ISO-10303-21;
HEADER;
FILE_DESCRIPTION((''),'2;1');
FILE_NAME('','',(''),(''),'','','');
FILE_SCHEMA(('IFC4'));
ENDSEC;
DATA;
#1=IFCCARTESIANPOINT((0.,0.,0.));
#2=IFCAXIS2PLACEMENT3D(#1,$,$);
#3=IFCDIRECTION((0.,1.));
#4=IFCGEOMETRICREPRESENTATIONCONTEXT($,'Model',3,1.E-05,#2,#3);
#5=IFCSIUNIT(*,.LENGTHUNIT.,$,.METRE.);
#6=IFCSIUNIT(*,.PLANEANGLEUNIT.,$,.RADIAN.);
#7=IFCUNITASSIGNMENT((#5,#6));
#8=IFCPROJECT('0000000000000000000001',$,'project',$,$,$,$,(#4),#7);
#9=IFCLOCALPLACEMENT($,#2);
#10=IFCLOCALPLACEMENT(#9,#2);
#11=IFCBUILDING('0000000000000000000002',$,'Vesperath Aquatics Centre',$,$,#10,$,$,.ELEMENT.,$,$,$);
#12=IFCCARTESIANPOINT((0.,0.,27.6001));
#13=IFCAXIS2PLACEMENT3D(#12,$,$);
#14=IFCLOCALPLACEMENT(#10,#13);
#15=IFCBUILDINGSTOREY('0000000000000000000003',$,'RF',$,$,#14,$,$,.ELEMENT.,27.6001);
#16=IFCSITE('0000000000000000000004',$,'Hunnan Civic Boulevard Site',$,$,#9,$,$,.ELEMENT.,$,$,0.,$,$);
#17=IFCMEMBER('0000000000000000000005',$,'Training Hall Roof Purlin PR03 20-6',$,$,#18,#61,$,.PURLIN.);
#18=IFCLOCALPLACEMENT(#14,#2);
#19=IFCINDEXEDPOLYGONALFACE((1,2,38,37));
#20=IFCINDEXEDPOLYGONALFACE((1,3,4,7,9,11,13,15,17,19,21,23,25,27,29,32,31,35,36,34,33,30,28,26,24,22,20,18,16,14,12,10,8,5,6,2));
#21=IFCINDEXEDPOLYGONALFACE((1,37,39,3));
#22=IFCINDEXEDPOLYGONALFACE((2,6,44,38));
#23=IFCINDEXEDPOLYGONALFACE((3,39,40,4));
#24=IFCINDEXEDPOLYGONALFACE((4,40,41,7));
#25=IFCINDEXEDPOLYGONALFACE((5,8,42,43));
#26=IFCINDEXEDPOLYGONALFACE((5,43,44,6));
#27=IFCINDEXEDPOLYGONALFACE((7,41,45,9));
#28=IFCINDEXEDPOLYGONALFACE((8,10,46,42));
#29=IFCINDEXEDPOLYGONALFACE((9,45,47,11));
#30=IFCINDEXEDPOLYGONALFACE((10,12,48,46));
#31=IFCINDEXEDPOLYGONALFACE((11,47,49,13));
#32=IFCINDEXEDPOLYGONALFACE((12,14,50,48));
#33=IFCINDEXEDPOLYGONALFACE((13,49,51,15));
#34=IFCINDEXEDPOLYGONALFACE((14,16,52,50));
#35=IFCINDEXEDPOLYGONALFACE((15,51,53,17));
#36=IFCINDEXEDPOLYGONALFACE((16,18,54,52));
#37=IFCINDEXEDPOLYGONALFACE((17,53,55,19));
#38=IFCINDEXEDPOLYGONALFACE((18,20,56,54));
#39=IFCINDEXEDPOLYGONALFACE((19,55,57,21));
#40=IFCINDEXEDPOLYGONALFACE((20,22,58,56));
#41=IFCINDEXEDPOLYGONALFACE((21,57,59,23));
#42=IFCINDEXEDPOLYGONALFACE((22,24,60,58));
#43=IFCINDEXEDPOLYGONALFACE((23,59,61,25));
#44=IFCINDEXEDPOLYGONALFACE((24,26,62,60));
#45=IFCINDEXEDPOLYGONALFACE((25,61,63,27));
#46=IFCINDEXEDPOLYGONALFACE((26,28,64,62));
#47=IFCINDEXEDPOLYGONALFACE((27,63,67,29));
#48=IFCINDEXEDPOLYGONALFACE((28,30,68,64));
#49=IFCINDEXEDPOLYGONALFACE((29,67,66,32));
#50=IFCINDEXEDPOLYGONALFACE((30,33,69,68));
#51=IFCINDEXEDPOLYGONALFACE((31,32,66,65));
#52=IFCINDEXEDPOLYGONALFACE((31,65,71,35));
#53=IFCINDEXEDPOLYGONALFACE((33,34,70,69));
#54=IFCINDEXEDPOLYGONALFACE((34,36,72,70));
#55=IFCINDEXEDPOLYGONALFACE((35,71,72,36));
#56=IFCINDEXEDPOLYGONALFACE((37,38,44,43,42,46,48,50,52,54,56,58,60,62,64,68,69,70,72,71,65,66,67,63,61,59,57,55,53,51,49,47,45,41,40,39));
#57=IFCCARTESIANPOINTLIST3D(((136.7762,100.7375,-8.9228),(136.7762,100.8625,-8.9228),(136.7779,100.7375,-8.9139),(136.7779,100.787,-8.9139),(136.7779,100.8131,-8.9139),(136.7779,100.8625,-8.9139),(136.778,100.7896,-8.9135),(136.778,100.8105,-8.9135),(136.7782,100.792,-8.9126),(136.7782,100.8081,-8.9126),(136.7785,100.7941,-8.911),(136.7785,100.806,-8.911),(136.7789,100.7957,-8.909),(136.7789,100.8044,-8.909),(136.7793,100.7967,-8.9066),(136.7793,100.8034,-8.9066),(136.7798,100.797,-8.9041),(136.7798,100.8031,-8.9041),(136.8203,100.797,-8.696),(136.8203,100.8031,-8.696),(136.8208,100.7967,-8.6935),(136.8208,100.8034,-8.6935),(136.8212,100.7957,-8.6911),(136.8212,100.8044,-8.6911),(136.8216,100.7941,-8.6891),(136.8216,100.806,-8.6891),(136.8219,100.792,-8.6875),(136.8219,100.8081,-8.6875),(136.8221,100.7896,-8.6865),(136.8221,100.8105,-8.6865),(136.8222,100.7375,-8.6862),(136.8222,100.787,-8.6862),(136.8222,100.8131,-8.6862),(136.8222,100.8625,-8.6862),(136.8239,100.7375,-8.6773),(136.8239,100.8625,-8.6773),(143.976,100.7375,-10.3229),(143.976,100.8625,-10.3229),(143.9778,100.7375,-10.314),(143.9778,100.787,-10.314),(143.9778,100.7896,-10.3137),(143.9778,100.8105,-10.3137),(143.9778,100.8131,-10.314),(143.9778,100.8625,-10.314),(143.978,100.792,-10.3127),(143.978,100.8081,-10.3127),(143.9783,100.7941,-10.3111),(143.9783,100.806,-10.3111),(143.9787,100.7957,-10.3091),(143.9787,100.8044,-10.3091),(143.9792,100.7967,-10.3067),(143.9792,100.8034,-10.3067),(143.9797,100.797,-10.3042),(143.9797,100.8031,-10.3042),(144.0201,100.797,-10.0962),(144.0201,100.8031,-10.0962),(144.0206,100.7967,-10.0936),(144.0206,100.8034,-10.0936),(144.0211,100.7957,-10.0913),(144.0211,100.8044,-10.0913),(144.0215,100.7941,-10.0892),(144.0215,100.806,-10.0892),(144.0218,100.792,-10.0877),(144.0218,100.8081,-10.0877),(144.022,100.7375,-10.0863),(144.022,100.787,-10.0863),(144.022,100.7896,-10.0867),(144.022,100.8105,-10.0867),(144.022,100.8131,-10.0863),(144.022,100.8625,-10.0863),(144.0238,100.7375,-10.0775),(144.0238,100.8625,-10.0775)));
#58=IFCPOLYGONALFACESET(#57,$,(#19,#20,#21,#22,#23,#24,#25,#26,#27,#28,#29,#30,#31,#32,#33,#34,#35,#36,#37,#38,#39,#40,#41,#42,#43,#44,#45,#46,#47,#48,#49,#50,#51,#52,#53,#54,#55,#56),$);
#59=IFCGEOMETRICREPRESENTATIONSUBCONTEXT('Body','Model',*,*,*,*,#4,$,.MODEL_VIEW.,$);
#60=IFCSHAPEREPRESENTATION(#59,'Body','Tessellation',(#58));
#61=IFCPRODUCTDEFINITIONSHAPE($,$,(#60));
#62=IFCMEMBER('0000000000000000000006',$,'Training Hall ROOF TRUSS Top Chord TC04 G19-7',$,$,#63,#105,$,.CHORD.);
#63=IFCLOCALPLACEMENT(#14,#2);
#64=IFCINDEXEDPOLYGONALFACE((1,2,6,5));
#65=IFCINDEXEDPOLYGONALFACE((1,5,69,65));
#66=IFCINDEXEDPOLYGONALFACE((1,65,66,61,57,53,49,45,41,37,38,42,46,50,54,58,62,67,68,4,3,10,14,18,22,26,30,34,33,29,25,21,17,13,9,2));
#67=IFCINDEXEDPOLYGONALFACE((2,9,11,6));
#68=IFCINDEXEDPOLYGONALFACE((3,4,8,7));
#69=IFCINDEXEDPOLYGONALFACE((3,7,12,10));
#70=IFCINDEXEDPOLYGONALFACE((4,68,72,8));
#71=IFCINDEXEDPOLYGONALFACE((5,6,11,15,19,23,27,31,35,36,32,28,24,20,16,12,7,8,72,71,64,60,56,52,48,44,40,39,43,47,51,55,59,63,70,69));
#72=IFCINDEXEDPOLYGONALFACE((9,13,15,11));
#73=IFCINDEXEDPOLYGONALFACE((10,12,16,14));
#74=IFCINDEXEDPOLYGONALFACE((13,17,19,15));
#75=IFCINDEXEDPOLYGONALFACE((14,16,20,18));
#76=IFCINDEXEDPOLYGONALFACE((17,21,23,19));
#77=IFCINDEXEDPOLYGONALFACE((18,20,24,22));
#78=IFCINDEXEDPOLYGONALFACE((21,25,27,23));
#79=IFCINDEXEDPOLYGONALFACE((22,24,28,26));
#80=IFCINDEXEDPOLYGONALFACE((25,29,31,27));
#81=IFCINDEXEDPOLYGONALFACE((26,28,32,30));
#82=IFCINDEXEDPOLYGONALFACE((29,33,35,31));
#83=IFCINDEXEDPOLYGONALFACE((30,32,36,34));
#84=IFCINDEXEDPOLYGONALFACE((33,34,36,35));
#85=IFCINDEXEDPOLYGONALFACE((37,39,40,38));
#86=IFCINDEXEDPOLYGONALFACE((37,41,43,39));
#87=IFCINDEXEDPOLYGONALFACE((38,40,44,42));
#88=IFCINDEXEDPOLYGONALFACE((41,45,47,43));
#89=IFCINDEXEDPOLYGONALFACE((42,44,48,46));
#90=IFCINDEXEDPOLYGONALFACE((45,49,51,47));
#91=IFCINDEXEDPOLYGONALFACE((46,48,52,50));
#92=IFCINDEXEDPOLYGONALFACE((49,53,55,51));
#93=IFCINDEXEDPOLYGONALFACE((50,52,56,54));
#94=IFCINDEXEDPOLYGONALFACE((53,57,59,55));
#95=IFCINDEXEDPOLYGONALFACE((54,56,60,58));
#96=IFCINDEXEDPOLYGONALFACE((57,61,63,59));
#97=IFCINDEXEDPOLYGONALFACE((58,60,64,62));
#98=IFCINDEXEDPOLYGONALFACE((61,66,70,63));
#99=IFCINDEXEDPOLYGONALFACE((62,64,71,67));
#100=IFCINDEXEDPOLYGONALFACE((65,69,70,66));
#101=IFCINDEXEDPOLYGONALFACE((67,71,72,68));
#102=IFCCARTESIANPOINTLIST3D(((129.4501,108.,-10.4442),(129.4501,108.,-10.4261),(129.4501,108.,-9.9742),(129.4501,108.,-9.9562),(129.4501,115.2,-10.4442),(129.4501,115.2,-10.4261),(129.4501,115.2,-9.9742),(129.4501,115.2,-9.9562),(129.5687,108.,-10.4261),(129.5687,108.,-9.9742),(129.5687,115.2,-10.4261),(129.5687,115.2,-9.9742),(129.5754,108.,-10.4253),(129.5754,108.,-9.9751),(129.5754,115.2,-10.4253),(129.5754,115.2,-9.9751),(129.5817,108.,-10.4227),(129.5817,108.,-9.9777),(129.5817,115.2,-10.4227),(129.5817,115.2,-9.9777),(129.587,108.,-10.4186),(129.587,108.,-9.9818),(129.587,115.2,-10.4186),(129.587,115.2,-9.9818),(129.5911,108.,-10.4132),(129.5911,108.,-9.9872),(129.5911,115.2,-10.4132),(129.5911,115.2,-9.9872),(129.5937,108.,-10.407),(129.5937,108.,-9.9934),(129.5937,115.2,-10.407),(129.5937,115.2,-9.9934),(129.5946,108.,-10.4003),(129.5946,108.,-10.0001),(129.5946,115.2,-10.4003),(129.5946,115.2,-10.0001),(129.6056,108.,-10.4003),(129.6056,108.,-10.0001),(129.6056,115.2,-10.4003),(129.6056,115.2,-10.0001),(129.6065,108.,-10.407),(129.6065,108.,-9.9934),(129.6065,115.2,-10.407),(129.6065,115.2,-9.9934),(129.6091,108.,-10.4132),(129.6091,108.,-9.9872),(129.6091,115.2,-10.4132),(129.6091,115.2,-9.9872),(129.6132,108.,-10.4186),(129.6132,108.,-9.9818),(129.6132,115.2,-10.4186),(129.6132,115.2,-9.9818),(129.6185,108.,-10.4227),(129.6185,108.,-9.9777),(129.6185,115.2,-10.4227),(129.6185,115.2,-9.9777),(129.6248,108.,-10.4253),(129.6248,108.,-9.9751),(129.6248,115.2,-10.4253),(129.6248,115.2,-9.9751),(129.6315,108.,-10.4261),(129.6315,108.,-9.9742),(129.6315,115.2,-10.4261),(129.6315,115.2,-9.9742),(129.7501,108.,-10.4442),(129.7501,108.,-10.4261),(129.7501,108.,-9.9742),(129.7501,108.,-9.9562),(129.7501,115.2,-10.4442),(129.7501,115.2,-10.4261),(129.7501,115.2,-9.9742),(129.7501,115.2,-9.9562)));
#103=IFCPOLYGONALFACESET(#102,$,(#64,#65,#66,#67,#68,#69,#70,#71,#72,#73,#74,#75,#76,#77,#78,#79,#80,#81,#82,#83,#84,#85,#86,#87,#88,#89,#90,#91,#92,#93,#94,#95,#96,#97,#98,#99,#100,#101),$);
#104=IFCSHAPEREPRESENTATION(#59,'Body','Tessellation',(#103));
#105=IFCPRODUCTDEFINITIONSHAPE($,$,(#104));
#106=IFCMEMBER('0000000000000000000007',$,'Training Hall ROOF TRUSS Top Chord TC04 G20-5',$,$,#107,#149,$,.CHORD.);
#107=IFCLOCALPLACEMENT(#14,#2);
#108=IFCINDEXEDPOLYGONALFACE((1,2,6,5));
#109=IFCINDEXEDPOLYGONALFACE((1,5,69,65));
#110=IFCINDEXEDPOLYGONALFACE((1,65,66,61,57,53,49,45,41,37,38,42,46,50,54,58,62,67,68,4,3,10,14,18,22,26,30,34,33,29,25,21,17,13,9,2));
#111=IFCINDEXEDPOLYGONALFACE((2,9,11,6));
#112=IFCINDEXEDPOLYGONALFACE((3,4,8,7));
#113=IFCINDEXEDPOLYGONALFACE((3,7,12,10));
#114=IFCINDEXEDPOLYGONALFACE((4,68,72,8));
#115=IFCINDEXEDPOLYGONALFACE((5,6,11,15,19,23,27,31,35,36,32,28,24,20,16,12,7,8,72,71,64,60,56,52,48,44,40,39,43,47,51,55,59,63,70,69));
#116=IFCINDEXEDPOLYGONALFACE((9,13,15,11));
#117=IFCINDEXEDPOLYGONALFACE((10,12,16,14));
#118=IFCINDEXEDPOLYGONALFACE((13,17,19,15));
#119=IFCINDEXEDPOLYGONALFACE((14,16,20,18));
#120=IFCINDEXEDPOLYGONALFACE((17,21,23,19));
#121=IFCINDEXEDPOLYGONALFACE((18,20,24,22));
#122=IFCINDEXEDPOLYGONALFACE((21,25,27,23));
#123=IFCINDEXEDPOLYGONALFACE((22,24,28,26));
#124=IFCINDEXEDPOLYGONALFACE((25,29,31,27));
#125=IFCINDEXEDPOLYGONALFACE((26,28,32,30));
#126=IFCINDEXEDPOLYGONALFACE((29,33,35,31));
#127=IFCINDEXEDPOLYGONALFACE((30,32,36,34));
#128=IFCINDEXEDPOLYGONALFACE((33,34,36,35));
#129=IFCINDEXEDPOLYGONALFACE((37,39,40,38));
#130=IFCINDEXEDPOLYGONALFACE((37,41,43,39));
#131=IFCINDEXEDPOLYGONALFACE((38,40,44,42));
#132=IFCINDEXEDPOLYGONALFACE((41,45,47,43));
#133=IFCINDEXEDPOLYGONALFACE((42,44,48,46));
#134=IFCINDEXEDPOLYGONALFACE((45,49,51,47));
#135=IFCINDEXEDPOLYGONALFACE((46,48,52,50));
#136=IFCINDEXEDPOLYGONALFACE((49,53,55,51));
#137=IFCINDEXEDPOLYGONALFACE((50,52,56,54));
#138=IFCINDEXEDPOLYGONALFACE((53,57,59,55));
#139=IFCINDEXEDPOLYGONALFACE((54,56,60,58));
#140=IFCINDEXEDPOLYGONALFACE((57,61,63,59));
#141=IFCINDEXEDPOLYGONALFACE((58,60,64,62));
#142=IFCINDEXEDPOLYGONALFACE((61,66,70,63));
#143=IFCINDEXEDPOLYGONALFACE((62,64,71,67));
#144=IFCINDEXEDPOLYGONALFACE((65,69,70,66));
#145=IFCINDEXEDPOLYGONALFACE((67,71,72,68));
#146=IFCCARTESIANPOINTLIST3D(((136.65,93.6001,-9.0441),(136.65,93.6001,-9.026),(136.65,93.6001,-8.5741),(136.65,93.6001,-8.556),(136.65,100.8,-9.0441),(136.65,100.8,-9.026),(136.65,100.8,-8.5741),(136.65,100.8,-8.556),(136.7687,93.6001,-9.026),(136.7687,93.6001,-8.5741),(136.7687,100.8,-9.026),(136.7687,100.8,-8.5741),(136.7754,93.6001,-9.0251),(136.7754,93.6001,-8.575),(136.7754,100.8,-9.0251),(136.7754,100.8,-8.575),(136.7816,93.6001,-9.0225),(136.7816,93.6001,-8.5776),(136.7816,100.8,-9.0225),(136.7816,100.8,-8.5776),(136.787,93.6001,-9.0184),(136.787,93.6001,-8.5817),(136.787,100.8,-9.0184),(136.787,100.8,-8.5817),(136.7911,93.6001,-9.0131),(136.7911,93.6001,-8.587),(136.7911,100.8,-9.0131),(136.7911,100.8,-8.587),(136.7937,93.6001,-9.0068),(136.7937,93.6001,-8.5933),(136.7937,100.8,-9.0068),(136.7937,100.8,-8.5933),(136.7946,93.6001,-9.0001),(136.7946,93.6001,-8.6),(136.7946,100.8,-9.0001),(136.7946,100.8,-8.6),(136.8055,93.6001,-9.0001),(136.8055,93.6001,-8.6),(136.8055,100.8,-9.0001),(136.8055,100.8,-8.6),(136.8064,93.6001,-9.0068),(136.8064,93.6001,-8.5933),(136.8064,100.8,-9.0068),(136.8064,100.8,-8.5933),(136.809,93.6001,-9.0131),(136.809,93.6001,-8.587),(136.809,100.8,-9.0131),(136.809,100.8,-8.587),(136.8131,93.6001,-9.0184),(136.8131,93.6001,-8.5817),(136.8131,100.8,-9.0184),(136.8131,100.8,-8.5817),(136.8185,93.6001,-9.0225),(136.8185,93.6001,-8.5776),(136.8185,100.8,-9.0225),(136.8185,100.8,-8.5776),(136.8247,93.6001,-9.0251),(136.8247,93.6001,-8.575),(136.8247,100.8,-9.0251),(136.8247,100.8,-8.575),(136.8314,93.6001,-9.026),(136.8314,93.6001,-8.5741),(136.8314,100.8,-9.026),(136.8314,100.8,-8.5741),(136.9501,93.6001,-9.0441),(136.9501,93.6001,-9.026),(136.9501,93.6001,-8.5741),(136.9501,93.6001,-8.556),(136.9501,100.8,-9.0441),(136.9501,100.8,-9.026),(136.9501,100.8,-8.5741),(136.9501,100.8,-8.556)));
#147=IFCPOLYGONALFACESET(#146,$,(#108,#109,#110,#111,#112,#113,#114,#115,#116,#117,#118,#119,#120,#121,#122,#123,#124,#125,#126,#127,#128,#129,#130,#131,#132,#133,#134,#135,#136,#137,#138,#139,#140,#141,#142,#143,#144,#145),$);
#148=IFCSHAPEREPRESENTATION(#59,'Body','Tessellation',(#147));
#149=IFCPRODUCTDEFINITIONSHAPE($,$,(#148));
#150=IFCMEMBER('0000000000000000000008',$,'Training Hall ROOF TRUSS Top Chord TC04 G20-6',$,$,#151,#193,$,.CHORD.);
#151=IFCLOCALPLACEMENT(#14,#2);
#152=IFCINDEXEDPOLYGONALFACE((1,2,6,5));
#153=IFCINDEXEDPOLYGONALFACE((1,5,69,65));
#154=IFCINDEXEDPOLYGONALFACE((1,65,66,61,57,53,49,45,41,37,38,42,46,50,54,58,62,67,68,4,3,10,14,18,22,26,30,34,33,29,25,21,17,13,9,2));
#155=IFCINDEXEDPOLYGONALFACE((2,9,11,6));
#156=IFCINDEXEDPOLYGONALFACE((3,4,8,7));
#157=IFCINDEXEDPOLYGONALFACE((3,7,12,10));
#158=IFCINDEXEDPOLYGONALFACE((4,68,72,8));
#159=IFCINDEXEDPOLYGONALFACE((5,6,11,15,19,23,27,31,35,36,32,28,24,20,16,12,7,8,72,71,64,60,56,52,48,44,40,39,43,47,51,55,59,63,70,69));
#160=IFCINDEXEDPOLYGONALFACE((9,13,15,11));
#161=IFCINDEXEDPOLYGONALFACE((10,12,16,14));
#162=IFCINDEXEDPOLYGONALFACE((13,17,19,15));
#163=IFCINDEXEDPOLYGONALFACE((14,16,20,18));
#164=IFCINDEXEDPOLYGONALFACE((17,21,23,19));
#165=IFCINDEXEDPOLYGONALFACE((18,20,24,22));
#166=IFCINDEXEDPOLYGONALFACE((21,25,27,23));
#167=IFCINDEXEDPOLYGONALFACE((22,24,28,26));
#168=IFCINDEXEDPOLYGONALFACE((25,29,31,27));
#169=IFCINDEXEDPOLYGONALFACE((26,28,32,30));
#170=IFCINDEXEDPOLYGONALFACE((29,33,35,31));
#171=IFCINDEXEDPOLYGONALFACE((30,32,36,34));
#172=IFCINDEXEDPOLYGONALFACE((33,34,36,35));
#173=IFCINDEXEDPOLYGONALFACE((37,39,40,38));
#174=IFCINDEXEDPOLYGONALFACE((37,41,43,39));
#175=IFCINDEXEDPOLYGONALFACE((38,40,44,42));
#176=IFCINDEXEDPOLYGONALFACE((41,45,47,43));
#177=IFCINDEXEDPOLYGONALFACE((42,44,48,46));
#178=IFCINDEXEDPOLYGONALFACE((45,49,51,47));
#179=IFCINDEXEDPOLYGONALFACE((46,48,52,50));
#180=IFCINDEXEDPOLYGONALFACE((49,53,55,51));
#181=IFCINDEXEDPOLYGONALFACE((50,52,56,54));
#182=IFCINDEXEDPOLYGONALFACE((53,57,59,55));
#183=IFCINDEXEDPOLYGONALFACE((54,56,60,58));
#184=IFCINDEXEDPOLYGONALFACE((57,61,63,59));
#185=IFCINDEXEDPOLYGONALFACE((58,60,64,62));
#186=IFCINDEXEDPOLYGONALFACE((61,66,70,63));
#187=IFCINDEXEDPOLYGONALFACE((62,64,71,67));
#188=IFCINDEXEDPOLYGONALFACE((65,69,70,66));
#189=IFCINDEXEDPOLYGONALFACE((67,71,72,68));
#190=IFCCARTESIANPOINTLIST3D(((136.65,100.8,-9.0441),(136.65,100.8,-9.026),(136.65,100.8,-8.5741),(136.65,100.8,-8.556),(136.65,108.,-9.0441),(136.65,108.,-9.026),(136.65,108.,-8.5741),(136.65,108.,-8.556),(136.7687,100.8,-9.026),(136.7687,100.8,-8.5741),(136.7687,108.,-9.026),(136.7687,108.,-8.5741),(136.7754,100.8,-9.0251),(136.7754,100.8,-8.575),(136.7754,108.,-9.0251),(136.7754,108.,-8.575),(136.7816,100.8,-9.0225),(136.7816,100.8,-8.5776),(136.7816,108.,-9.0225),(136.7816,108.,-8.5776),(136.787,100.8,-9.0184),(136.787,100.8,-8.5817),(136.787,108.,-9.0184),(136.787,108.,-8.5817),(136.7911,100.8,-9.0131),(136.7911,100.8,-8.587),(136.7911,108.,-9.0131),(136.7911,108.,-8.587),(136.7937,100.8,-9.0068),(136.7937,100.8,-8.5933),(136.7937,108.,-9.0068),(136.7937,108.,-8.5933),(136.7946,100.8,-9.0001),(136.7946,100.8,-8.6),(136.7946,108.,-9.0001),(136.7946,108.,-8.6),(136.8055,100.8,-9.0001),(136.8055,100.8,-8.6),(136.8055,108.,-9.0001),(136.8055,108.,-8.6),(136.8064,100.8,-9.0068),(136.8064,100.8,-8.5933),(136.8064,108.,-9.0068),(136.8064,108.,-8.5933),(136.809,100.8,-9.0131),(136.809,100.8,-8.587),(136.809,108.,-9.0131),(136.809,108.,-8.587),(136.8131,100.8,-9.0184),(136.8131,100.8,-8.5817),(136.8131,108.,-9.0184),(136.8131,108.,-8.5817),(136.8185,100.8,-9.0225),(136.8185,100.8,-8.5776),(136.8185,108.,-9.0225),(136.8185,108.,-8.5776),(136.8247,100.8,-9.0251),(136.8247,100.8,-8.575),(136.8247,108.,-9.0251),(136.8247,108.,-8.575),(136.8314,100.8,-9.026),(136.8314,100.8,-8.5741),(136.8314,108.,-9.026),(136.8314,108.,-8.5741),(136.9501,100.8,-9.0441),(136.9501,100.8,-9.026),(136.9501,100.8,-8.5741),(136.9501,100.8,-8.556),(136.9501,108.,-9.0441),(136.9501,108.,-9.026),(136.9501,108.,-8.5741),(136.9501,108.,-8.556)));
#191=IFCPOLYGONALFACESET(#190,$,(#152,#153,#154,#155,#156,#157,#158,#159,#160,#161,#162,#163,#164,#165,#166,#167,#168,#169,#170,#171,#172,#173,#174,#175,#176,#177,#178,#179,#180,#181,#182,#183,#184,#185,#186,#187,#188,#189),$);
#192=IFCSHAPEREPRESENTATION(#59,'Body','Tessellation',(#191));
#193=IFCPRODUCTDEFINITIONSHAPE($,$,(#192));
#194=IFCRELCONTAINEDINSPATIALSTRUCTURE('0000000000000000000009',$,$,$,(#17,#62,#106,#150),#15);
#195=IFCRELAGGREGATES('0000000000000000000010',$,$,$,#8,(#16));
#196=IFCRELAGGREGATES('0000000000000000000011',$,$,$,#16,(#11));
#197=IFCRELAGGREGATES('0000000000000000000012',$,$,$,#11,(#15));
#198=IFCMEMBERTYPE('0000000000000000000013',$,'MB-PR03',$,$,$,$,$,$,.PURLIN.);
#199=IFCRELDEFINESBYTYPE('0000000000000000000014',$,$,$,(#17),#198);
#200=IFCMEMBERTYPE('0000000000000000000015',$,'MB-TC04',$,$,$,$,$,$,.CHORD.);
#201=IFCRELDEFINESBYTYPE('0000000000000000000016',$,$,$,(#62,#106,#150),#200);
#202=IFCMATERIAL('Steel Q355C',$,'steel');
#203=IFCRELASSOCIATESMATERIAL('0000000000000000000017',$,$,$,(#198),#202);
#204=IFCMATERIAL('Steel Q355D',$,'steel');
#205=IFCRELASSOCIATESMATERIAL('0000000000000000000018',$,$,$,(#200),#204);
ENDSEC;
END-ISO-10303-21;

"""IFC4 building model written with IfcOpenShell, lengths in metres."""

from ifc_helpers import new_model, si_unit, direction, frame, origin, origin_2d, place, context, subcontext, project, spatial, i_section, extrude, material, material_profile, profile_set, type_object, element, save


model = new_model("IFC4")

# Units and contexts
model_context = context("Model", 3, precision=1e-05, world=origin(), true_north=direction((0.0, 1.0)))
body_context = subcontext(model_context, "Body", "Model", "MODEL_VIEW")
ifc_project = project(units=[si_unit("LENGTHUNIT", "METRE"), si_unit("PLANEANGLEUNIT", "RADIAN")], contexts=[model_context])

# Site, building, storey
site_placement = place(None, origin())
site = spatial("IfcSite", under=ifc_project, at=site_placement, Name="Hunnan Civic Boulevard Site", CompositionType="ELEMENT", RefElevation=0.0)
building_placement = place(site_placement, origin())
building = spatial("IfcBuilding", under=site, at=building_placement, Name="Vesperath Aquatics Centre", CompositionType="ELEMENT")
storey_placement = place(building_placement, frame((0.0, 0.0, 27.6001)))
storey = spatial("IfcBuildingStorey", under=building, at=storey_placement, Name="RF", CompositionType="ELEMENT", Elevation=27.6001)

# Shared definitions
ifc_material_1 = material(Name="Steel Q355C", Category="steel")

# Members
ifc_material_2 = material(Name="Steel Q355D", Category="steel")
ifc_material_profile_1 = material_profile(ifc_material_1, i_section(OverallWidth=0.125, OverallDepth=0.25, WebThickness=0.0061, FlangeThickness=0.009, FilletRadius=0.01, at=origin_2d()), Name="HN 250x125x6x9")
ifc_profile_set_1 = profile_set([ifc_material_profile_1], Name="Steel Q355C")
member_type_1 = type_object("IfcMemberType", Name="MB-PR03", PredefinedType="PURLIN", material=ifc_profile_set_1)
for number, where, z_axis, x_axis, name in (
    (1, (136.8, 100.8, -8.8), (0.981611, 0.0, -0.19089), (0.0, 1.0, 0.0), "Training Hall Roof Purlin PR03 20-6"),
):
    element("IfcMember", number, at=place(storey_placement, frame(where, z_axis=z_axis, x_axis=x_axis)), inside=storey, type_object=member_type_1, Name=name, PredefinedType="PURLIN", context=body_context, shape_type="SweptSolid", body=[
        extrude(i_section(OverallWidth=0.125, OverallDepth=0.25, WebThickness=0.0061, FlangeThickness=0.009, FilletRadius=0.01, at=origin_2d()), origin(), (0.0, 0.0, 1.0), 7.3347),
    ])
ifc_material_profile_2 = material_profile(ifc_material_2, i_section(OverallWidth=0.3, OverallDepth=0.488, WebThickness=0.011, FlangeThickness=0.0181, FilletRadius=0.0259, at=origin_2d()), Name="HM 488x300x11x18")
ifc_profile_set_2 = profile_set([ifc_material_profile_2], Name="Steel Q355D")
member_type_2 = type_object("IfcMemberType", Name="MB-TC04", PredefinedType="CHORD", material=ifc_profile_set_2)
for number, where, z_axis, x_axis, name in (
    (2, (129.6001, 108.0, -10.2002), (0.0, 1.0, 0.0), (-1.0, 0.0, 0.0), "Training Hall ROOF TRUSS Top Chord TC04 G19-7"),
    (3, (136.8, 93.6001, -8.8), (0.0, 1.0, 0.0), (-1.0, 0.0, 0.0), "Training Hall ROOF TRUSS Top Chord TC04 G20-5"),
    (4, (136.8, 100.8, -8.8), (0.0, 1.0, 0.0), (-1.0, 0.0, 0.0), "Training Hall ROOF TRUSS Top Chord TC04 G20-6"),
):
    element("IfcMember", number, at=place(storey_placement, frame(where, z_axis=z_axis, x_axis=x_axis)), inside=storey, type_object=member_type_2, Name=name, PredefinedType="CHORD", context=body_context, shape_type="SweptSolid", body=[
        extrude(i_section(OverallWidth=0.3, OverallDepth=0.488, WebThickness=0.011, FlangeThickness=0.0181, FilletRadius=0.0259, at=origin_2d()), origin(), (0.0, 0.0, 1.0), 7.2),
    ])

save(model, "model.ifc")
